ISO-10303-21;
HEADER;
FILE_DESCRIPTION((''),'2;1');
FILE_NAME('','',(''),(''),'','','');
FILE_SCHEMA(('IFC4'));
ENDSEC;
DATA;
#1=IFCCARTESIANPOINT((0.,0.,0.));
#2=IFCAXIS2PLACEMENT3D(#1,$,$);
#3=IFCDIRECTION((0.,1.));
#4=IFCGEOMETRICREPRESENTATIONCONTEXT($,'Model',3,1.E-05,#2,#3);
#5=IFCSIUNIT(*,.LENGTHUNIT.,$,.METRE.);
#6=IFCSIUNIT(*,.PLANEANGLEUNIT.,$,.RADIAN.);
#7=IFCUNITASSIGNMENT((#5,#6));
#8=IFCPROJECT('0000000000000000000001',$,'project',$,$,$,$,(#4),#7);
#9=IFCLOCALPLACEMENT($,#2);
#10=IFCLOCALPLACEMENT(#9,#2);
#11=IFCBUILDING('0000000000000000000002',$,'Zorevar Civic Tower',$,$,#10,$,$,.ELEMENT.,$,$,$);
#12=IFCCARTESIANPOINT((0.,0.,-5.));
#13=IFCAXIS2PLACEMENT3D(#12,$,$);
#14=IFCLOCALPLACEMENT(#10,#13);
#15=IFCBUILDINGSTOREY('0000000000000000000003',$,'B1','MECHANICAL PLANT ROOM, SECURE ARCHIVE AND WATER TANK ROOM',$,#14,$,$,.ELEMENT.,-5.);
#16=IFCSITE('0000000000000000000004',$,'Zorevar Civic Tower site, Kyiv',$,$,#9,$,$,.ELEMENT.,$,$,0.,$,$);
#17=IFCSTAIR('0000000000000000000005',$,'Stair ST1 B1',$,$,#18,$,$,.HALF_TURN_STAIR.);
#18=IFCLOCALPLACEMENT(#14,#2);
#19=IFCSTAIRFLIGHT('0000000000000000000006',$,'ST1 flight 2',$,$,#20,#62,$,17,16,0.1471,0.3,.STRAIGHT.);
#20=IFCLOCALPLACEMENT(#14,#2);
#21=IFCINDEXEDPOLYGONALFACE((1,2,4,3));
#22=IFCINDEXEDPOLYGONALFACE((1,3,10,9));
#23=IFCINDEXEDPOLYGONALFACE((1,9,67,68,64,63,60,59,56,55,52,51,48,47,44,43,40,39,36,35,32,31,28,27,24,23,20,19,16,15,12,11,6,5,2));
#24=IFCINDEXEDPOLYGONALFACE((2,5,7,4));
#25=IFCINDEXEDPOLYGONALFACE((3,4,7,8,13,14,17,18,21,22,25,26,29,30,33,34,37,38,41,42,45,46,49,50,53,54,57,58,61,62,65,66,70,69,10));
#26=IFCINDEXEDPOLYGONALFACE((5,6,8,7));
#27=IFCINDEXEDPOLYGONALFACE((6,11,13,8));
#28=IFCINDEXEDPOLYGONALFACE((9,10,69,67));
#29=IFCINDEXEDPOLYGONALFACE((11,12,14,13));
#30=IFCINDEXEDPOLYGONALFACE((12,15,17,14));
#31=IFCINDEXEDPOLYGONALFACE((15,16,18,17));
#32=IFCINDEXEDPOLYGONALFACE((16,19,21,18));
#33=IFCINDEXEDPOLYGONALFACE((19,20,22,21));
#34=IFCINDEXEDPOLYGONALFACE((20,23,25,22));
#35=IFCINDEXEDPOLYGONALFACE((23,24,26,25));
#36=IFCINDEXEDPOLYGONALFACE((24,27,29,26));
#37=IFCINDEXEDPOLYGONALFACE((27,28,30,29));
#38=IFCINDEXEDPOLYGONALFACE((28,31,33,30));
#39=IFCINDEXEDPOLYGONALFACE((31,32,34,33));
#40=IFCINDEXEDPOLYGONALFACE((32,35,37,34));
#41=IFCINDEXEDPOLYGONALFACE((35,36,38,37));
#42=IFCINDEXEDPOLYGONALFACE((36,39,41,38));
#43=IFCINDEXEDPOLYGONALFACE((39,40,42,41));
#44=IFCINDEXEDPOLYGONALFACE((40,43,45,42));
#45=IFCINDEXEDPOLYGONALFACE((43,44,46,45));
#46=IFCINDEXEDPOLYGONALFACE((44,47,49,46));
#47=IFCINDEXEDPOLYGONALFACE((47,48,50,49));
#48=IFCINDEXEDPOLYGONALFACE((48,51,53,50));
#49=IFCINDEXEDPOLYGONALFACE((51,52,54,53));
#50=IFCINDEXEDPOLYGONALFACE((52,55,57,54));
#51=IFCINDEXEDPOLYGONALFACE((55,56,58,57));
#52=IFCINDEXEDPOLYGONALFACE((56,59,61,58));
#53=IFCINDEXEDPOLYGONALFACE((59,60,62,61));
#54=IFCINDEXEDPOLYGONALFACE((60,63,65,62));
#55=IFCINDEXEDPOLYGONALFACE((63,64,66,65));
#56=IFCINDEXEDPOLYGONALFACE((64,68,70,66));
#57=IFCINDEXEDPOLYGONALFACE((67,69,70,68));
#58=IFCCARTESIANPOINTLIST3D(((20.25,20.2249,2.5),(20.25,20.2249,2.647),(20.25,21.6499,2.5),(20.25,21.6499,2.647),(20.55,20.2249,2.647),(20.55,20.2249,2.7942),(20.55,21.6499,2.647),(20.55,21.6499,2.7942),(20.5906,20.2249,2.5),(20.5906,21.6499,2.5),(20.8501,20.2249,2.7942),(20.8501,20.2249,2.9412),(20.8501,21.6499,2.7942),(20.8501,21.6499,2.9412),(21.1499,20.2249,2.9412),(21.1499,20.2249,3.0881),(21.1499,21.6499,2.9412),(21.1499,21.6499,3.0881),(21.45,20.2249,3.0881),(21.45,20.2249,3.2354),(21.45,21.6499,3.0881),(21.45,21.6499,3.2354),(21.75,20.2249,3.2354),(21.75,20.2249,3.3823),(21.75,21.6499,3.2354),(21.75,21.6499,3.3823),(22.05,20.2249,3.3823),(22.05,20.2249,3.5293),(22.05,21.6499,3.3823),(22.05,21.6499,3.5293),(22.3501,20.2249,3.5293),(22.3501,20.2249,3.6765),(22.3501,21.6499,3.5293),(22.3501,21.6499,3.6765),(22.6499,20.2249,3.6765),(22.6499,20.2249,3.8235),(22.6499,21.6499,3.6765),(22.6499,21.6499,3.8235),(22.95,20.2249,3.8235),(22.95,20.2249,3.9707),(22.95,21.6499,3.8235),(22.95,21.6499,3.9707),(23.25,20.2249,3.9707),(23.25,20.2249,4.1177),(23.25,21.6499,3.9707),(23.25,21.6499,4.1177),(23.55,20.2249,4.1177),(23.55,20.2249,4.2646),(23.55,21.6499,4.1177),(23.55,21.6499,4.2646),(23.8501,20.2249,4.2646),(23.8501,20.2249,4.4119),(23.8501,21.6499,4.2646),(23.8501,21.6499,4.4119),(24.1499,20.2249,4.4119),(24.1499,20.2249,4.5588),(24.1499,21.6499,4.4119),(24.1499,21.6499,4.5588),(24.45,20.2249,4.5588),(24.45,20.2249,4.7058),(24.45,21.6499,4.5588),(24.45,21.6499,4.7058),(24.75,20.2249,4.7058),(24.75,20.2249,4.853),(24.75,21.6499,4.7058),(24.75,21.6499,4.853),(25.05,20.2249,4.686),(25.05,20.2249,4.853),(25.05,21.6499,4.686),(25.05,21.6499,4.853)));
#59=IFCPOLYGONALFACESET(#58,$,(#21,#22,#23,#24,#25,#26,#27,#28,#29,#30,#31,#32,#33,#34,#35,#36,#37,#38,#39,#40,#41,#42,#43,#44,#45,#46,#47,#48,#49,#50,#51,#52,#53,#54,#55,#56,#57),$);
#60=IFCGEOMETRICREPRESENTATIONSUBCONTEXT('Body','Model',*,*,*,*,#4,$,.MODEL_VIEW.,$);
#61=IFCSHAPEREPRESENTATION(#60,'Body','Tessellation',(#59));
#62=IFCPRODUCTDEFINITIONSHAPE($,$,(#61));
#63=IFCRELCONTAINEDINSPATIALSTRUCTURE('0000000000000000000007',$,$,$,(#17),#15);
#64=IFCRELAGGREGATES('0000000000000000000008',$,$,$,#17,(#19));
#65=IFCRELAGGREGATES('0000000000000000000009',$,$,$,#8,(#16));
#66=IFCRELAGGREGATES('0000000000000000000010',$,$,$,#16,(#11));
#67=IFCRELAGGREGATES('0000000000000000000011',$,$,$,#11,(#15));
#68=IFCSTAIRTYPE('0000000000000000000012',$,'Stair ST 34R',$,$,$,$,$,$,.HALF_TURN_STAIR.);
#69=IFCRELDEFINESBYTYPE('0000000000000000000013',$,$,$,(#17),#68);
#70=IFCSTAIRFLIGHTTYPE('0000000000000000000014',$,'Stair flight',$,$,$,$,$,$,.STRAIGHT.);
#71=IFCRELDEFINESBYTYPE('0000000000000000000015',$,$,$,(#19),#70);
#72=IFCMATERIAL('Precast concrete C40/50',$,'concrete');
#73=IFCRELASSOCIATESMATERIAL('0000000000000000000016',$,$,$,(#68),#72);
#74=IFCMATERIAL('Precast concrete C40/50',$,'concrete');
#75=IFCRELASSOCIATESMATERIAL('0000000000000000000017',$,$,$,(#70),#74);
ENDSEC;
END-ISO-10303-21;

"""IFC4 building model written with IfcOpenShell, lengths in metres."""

from ifc_helpers import new_model, si_unit, direction, frame, origin, place, context, subcontext, project, spatial, polyline, outline, extrude, material, type_object, element, aggregate, save


model = new_model("IFC4")

# Units and contexts
model_context = context("Model", 3, precision=1e-05, world=origin(), true_north=direction((0.0, 1.0)))
body_context = subcontext(model_context, "Body", "Model", "MODEL_VIEW")
ifc_project = project(units=[si_unit("LENGTHUNIT", "METRE"), si_unit("PLANEANGLEUNIT", "RADIAN")], contexts=[model_context])

# Site, building, storey
site_placement = place(None, origin())
site = spatial("IfcSite", under=ifc_project, at=site_placement, Name="Zorevar Civic Tower site, Kyiv", CompositionType="ELEMENT", RefElevation=0.0)
building_placement = place(site_placement, origin())
building = spatial("IfcBuilding", under=site, at=building_placement, Name="Zorevar Civic Tower", CompositionType="ELEMENT")
storey_placement = place(building_placement, frame((0.0, 0.0, -5.0)))
storey = spatial("IfcBuildingStorey", under=building, at=storey_placement, Name="B1", Description="MECHANICAL PLANT ROOM, SECURE ARCHIVE AND WATER TANK ROOM", CompositionType="ELEMENT", Elevation=-5.0)

# Stair, stair flight
ifc_material_1 = material(Name="Precast concrete C40/50", Category="concrete")
stair_type = type_object("IfcStairType", Name="Stair ST 34R", PredefinedType="HALF_TURN_STAIR", material=ifc_material_1)
stair_placement = place(storey_placement, origin())
stair = element("IfcStair", 1, at=stair_placement, inside=storey, type_object=stair_type, Name="Stair ST1 B1", PredefinedType="HALF_TURN_STAIR")
ifc_material_2 = material(Name="Precast concrete C40/50", Category="concrete")
stair_flight_type = type_object("IfcStairFlightType", Name="Stair flight", PredefinedType="STRAIGHT", material=ifc_material_2)
stair_flight_1_placement = place(storey_placement, frame((20.25, 20.9375, 2.5), z_axis=(0.0, 0.0, 1.0), x_axis=(1.0, 0.0, 0.0)))
stair_flight_1 = element("IfcStairFlight", 2, at=stair_flight_1_placement, type_object=stair_flight_type, Name="ST1 flight 2", NumberOfRisers=17, NumberOfTreads=16, PredefinedType="STRAIGHT", RiserHeight=0.1471, TreadLength=0.3, context=body_context, shape_type="SweptSolid", body=[
    extrude(outline(polyline([(0.0, 0.0), (0.0, 0.147), (0.3, 0.147), (0.3, 0.2942), (0.6001, 0.2942), (0.6001, 0.4412), (0.8999, 0.4412), (0.8999, 0.5881), (1.2, 0.5881), (1.2, 0.7354), (1.5, 0.7354), (1.5, 0.8823), (1.8, 0.8823), (1.8, 1.0293), (2.1001, 1.0293), (2.1001, 1.1765), (2.3999, 1.1765), (2.3999, 1.3235), (2.7, 1.3235), (2.7, 1.4707), (3.0, 1.4707), (3.0, 1.6177), (3.3, 1.6177), (3.3, 1.7646), (3.6001, 1.7646), (3.6001, 1.9119), (3.8999, 1.9119), (3.8999, 2.0588), (4.2, 2.0588), (4.2, 2.2058), (4.5, 2.2058), (4.5, 2.353), (4.8, 2.353), (4.8, 2.5), (4.8, 2.186), (0.3406, 0.0), (0.0, 0.0)])), frame((0.0, 0.7124, 0.0), z_axis=(0.0, -1.0, 0.0), x_axis=(1.0, 0.0, 0.0)), (0.0, 0.0, 1.0), 1.425),
])
aggregate(stair, [stair_flight_1])

save(model, "model.ifc")
